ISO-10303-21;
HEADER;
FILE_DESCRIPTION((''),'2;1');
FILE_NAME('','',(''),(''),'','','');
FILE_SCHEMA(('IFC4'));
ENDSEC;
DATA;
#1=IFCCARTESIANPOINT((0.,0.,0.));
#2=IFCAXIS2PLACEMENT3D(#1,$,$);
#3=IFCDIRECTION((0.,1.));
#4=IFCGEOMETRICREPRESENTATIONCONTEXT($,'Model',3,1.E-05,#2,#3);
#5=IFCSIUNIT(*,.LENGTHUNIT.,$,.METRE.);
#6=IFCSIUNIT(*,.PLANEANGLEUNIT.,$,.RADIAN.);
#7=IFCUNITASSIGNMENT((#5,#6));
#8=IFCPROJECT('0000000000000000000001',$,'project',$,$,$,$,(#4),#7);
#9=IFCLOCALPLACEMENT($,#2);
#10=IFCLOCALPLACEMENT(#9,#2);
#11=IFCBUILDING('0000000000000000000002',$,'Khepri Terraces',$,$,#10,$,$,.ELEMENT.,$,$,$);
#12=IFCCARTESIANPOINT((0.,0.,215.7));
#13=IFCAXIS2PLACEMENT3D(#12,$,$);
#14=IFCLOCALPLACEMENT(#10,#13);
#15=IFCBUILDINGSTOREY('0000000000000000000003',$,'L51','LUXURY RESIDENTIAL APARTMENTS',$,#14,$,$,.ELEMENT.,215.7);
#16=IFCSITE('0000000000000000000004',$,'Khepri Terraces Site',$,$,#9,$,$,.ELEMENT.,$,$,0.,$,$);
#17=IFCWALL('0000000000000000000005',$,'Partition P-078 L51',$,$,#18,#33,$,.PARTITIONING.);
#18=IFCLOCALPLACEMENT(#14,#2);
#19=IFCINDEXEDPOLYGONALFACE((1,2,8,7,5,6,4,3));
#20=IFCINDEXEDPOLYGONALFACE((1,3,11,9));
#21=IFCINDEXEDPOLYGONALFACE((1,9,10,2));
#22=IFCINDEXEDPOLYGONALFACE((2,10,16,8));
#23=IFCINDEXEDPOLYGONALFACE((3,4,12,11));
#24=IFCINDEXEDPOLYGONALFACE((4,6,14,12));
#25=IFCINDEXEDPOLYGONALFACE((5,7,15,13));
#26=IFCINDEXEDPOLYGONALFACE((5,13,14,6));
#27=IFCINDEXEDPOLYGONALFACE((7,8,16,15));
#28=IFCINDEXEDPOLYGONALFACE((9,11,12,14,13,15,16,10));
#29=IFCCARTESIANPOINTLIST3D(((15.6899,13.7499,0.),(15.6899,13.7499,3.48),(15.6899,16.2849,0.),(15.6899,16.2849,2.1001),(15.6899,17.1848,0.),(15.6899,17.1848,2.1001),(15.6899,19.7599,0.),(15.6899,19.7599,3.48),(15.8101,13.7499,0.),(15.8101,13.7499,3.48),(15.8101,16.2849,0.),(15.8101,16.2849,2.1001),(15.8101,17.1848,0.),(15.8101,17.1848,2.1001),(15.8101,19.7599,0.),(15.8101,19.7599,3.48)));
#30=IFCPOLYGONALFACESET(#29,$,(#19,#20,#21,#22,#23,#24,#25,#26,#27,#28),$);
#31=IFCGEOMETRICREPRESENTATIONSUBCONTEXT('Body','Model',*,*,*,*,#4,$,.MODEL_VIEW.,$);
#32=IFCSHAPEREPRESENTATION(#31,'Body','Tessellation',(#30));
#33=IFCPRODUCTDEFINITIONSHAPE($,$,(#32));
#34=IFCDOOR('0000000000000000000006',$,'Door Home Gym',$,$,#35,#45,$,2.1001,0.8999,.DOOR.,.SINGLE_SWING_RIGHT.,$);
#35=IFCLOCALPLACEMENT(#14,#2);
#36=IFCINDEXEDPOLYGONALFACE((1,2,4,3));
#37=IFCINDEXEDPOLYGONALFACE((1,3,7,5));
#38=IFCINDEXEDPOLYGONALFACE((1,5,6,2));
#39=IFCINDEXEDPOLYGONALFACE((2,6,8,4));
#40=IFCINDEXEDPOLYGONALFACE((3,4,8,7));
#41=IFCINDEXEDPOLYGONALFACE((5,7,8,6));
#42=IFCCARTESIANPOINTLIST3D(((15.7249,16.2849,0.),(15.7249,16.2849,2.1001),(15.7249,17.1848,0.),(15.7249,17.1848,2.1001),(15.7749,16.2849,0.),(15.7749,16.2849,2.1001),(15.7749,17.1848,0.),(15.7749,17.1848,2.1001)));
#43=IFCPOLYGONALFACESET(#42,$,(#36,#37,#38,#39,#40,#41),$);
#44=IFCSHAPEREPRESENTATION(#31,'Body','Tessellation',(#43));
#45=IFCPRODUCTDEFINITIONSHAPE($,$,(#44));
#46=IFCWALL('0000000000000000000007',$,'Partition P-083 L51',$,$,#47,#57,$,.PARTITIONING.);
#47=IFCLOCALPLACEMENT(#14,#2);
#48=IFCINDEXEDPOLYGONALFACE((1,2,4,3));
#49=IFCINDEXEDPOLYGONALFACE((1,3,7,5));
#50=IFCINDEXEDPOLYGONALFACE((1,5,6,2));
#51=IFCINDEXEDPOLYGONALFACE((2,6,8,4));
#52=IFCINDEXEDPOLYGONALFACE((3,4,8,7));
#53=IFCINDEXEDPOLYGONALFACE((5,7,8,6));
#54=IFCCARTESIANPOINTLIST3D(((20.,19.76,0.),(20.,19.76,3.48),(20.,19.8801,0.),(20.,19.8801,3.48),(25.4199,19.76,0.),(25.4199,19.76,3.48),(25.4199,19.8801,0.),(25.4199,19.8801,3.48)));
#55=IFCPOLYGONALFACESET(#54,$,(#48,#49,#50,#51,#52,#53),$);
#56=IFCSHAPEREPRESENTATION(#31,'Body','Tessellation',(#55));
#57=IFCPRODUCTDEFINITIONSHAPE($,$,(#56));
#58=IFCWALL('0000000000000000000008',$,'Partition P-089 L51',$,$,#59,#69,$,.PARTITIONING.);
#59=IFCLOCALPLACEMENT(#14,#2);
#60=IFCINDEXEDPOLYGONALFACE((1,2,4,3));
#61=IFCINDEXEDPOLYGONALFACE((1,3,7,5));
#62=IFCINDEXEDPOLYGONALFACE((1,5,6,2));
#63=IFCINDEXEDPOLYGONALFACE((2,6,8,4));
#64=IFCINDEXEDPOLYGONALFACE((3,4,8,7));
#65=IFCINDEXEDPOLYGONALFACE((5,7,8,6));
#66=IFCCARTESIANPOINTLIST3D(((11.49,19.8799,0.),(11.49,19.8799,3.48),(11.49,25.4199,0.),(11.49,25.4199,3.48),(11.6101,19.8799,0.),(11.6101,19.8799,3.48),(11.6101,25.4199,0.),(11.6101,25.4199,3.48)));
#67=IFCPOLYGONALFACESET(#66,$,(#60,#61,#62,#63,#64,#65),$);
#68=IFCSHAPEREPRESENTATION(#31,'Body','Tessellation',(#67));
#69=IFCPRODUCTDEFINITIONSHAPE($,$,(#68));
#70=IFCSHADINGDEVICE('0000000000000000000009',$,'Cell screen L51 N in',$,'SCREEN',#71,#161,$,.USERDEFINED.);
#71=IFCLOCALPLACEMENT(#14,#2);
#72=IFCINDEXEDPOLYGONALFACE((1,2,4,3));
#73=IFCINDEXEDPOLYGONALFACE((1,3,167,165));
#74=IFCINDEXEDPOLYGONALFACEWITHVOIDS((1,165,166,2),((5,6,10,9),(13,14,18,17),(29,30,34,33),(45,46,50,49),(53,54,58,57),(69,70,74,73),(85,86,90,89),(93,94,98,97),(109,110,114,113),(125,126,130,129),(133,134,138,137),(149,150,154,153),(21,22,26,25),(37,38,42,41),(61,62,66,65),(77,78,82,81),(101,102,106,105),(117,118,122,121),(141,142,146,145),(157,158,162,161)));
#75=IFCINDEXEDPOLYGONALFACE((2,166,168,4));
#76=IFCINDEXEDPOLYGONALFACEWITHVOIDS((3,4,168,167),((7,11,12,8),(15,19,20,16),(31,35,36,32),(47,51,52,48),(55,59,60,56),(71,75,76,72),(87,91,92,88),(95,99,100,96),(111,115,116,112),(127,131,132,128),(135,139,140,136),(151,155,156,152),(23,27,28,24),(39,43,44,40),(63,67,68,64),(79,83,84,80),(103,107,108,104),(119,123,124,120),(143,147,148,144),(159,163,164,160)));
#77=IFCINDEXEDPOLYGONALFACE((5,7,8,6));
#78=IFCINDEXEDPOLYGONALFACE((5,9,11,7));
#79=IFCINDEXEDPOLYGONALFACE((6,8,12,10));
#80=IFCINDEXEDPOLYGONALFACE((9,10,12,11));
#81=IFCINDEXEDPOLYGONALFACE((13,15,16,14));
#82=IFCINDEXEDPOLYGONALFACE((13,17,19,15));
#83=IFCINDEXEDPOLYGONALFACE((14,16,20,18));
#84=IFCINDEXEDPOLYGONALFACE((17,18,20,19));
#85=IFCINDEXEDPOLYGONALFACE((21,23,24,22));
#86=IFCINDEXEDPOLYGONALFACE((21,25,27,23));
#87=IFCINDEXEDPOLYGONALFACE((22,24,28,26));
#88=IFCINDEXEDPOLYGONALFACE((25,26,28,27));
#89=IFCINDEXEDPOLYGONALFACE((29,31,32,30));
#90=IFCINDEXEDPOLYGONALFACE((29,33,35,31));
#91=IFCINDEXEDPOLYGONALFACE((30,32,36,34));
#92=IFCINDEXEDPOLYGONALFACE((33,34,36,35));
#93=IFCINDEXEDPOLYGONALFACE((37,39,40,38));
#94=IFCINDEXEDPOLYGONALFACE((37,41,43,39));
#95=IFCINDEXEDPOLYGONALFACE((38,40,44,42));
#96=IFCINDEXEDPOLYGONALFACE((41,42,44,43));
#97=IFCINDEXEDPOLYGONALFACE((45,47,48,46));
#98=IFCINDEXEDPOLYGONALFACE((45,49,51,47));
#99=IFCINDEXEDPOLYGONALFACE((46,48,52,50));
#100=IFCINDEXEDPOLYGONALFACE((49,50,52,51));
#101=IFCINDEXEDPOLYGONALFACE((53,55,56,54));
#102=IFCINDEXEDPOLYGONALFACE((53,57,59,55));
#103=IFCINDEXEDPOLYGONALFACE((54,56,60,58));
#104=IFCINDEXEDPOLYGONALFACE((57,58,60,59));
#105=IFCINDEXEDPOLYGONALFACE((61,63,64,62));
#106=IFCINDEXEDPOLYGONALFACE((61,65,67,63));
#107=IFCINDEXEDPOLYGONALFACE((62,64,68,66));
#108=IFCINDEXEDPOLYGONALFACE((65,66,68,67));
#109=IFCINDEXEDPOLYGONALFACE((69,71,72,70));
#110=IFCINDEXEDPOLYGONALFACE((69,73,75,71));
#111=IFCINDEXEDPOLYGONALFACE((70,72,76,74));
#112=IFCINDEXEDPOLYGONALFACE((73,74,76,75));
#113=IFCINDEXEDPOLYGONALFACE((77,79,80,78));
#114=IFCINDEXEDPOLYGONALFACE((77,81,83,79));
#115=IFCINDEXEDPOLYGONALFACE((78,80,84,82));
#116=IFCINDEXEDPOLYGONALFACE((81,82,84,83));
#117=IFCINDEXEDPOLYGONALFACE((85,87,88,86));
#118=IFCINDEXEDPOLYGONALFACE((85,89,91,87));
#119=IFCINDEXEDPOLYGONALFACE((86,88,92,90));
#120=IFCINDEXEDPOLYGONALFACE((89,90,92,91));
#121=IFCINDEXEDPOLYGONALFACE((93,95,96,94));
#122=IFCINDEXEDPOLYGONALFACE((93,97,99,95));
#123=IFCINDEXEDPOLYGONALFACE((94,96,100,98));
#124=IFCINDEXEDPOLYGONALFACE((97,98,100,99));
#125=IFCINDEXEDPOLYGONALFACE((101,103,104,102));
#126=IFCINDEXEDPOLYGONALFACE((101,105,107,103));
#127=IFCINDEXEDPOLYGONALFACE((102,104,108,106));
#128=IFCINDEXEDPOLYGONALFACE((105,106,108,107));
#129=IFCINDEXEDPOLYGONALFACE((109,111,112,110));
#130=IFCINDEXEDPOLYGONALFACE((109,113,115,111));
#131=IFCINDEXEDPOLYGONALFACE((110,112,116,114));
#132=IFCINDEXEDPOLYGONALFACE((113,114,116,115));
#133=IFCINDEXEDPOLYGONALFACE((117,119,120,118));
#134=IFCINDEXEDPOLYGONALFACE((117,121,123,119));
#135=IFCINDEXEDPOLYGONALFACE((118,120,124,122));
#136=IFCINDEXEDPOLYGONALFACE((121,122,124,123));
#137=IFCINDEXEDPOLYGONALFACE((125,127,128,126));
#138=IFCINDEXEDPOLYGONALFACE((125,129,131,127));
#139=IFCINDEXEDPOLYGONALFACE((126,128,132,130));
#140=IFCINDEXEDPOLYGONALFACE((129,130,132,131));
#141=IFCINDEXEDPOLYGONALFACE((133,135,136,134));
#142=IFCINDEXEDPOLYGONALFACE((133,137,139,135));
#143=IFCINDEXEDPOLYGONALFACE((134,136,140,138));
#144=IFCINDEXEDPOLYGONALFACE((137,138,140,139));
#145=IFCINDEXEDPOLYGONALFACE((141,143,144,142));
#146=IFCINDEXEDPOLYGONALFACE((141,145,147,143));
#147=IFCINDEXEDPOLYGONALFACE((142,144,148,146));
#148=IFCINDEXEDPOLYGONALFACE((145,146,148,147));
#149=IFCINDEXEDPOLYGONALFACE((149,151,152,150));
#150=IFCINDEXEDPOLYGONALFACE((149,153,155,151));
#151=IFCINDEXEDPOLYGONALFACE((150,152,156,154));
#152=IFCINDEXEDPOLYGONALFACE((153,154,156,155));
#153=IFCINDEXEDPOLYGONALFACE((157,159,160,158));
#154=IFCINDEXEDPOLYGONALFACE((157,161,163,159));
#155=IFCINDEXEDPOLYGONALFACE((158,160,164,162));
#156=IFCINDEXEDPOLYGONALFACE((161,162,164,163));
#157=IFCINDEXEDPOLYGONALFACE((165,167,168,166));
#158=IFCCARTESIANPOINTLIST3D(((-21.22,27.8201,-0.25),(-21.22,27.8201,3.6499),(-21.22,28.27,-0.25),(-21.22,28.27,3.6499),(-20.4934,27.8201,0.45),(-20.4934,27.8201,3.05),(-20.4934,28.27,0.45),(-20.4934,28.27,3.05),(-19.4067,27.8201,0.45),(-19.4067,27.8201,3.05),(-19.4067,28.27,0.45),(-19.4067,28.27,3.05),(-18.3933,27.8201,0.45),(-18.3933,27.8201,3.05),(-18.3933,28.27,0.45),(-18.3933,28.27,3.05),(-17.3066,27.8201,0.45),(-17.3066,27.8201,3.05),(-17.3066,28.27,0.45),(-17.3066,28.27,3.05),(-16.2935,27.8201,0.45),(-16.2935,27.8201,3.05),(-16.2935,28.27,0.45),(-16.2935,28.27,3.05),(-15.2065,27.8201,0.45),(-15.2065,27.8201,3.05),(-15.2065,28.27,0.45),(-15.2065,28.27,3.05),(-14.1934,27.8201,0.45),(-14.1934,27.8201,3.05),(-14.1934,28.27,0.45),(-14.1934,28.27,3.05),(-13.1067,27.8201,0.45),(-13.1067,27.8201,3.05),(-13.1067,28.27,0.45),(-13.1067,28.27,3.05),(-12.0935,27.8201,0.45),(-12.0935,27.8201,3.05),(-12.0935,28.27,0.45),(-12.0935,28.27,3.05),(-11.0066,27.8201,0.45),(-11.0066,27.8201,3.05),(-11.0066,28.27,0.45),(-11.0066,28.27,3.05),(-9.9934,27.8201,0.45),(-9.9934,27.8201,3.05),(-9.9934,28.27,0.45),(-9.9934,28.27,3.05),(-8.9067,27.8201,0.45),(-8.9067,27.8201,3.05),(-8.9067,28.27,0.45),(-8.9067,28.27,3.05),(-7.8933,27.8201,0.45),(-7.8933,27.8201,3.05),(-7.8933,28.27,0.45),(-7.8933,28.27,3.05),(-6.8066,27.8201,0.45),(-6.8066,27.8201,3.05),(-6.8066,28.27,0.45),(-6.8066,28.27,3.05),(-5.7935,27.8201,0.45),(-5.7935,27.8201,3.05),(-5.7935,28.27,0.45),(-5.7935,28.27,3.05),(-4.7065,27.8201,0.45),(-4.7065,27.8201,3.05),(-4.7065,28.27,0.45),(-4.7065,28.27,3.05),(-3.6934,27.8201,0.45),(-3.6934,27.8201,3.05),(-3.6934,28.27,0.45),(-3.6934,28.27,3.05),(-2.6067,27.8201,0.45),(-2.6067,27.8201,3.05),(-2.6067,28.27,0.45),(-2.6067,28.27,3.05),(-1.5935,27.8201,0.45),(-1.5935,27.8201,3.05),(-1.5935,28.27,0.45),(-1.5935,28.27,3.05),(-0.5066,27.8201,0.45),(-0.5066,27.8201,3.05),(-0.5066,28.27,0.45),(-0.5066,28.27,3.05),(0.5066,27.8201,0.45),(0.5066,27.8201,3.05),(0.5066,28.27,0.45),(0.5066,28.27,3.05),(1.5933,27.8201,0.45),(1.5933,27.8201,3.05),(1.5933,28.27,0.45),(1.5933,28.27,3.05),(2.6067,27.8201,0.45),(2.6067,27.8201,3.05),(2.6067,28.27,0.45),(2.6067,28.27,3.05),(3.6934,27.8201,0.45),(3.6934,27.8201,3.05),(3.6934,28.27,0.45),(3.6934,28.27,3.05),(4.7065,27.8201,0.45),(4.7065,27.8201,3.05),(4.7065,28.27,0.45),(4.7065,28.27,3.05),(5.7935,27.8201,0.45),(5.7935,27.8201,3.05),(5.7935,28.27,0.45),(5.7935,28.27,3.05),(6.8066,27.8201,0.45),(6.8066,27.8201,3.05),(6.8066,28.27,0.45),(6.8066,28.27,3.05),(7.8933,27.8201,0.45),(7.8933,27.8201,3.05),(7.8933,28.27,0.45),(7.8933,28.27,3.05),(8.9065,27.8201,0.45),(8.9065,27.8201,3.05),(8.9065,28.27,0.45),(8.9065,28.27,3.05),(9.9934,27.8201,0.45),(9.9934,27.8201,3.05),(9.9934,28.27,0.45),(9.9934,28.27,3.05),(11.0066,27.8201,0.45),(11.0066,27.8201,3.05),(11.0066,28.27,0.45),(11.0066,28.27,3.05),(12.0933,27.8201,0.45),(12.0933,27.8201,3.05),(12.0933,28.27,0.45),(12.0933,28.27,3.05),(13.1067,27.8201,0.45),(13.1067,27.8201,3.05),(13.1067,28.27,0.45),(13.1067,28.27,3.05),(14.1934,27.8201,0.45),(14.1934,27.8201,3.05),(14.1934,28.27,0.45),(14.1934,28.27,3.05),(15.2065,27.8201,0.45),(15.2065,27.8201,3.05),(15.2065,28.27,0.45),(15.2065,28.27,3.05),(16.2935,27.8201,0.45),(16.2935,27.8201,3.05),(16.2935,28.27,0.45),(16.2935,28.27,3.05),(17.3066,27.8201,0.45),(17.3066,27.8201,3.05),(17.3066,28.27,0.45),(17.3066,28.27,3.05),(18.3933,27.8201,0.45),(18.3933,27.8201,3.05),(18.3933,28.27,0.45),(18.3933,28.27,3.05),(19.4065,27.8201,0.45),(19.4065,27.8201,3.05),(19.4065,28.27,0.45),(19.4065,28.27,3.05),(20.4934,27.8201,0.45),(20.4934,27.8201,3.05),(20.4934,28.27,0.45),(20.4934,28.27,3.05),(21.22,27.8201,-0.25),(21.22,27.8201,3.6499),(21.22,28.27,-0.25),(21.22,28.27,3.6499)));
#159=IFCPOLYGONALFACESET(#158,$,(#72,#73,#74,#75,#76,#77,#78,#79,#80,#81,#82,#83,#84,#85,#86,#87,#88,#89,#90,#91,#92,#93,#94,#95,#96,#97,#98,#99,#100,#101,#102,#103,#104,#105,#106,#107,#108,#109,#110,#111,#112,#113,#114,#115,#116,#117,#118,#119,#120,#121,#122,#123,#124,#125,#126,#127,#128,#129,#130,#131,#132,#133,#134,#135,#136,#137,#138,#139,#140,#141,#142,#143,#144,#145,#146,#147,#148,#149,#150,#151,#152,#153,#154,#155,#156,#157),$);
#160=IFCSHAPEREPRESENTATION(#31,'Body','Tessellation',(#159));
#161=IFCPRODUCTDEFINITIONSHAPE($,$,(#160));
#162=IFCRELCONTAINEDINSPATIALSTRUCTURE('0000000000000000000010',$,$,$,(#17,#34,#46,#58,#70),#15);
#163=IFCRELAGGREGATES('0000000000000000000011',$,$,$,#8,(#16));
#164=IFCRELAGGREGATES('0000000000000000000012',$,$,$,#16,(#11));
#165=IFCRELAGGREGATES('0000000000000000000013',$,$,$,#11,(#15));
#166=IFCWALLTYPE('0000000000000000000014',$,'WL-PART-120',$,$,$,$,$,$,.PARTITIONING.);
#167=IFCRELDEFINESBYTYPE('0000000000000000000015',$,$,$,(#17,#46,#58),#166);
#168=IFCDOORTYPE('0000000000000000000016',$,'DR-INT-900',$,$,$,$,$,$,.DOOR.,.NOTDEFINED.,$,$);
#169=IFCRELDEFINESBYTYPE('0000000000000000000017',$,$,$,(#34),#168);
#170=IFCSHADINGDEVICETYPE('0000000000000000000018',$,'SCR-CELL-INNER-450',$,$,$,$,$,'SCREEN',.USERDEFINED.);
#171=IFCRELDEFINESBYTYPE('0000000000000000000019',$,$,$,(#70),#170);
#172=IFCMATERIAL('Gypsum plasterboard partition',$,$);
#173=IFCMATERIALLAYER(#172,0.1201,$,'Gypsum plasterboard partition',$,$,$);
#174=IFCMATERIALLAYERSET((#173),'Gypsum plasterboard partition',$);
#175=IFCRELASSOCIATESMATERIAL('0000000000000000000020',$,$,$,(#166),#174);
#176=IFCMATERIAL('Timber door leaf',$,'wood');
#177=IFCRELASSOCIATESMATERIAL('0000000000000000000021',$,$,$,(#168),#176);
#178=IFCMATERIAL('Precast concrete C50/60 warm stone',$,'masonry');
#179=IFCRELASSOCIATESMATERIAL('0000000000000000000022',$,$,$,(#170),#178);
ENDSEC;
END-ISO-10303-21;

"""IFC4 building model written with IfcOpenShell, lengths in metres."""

from ifc_helpers import new_model, si_unit, direction, frame, frame_2d, origin, place, context, subcontext, project, spatial, polyline, rectangle, outline, extrude, material, layer, layer_set, type_object, element, fill, save


model = new_model("IFC4")

# Units and contexts
model_context = context("Model", 3, precision=1e-05, world=origin(), true_north=direction((0.0, 1.0)))
body_context = subcontext(model_context, "Body", "Model", "MODEL_VIEW")
ifc_project = project(units=[si_unit("LENGTHUNIT", "METRE"), si_unit("PLANEANGLEUNIT", "RADIAN")], contexts=[model_context])

# Site, building, storey
site_placement = place(None, origin())
site = spatial("IfcSite", under=ifc_project, at=site_placement, Name="Khepri Terraces Site", CompositionType="ELEMENT", RefElevation=0.0)
building_placement = place(site_placement, origin())
building = spatial("IfcBuilding", under=site, at=building_placement, Name="Khepri Terraces", CompositionType="ELEMENT")
storey_placement = place(building_placement, frame((0.0, 0.0, 215.7)))
storey = spatial("IfcBuildingStorey", under=building, at=storey_placement, Name="L51", Description="LUXURY RESIDENTIAL APARTMENTS", CompositionType="ELEMENT", Elevation=215.7)

# Shared definitions
ifc_material_1 = material(Name="Precast concrete C50/60 warm stone", Category="masonry")

# Shared definitions
ifc_material_2 = material(Name="Gypsum plasterboard partition")
ifc_layer_1 = layer(ifc_material_2, 0.1201, Name="Gypsum plasterboard partition")
ifc_layer_set_1 = layer_set([ifc_layer_1], Name="Gypsum plasterboard partition")
wall_type_1 = type_object("IfcWallType", Name="WL-PART-120", PredefinedType="PARTITIONING", material=ifc_layer_set_1)

# Wall, opening, door
wall_1_placement = place(storey_placement, frame((15.75, 13.75, 0.0), z_axis=(0.0, 0.0, 1.0), x_axis=(0.0, 1.0, 0.0)))
wall_1 = element("IfcWall", 1, at=wall_1_placement, inside=storey, type_object=wall_type_1, Name="Partition P-078 L51", PredefinedType="PARTITIONING", context=body_context, shape_type="SweptSolid", body=[
    extrude(rectangle(XDim=6.01, YDim=0.1201, at=frame_2d((3.0049, 0.0))), origin(), (0.0, 0.0, 1.0), 3.48),
])
opening_1_placement = place(wall_1_placement, frame((2.5349, 0.0, 0.0)))
opening_1 = element("IfcOpeningElement", 2, at=opening_1_placement, cuts=wall_1, PredefinedType="OPENING", context=body_context, shape_type="SweptSolid", body=[
    extrude(rectangle(XDim=0.8999, YDim=2.1001, at=frame_2d((0.45, 1.05))), frame((0.0, 0.0701, 0.0), z_axis=(0.0, -1.0, 0.0), x_axis=(1.0, 0.0, 0.0)), (0.0, 0.0, 1.0), 0.1401),
])
ifc_material_3 = material(Name="Timber door leaf", Category="wood")
door_type_1 = type_object("IfcDoorType", Name="DR-INT-900", OperationType="NOTDEFINED", PredefinedType="DOOR", material=ifc_material_3)
door_1_placement = place(opening_1_placement, frame((0.8999, 0.0, 0.0), z_axis=(0.0, 0.0, 1.0), x_axis=(-1.0, 0.0, 0.0)))
door_1 = element("IfcDoor", 3, at=door_1_placement, inside=storey, type_object=door_type_1, Name="Door Home Gym", OperationType="SINGLE_SWING_RIGHT", OverallHeight=2.1001, OverallWidth=0.8999, PredefinedType="DOOR", context=body_context, shape_type="SweptSolid", body=[
    extrude(rectangle(XDim=0.8999, YDim=2.1001, at=frame_2d((0.45, 1.05))), frame((0.0, 0.0249, 0.0), z_axis=(0.0, -1.0, 0.0), x_axis=(1.0, 0.0, 0.0)), (0.0, 0.0, 1.0), 0.05),
])
fill(opening_1, door_1)

# Walls
wall_2_placement = place(storey_placement, frame((20.0, 19.8201, 0.0), z_axis=(0.0, 0.0, 1.0), x_axis=(1.0, 0.0, 0.0)))
element("IfcWall", 4, at=wall_2_placement, inside=storey, type_object=wall_type_1, Name="Partition P-083 L51", PredefinedType="PARTITIONING", context=body_context, shape_type="SweptSolid", body=[
    extrude(rectangle(XDim=5.4199, YDim=0.1201, at=frame_2d((2.71, 0.0))), origin(), (0.0, 0.0, 1.0), 3.48),
])
wall_3_placement = place(storey_placement, frame((11.55, 19.8799, 0.0), z_axis=(0.0, 0.0, 1.0), x_axis=(0.0, 1.0, 0.0)))
element("IfcWall", 5, at=wall_3_placement, inside=storey, type_object=wall_type_1, Name="Partition P-089 L51", PredefinedType="PARTITIONING", context=body_context, shape_type="SweptSolid", body=[
    extrude(rectangle(XDim=5.54, YDim=0.1201, at=frame_2d((2.77, 0.0))), origin(), (0.0, 0.0, 1.0), 3.48),
])

# Shading device
shading_device_type_1 = type_object("IfcShadingDeviceType", Name="SCR-CELL-INNER-450", ElementType="SCREEN", PredefinedType="USERDEFINED", material=ifc_material_1)
shading_device_1_placement = place(storey_placement, frame((21.22, 27.8201, -0.25), z_axis=(0.0, 1.0, 0.0), x_axis=(-1.0, 0.0, 0.0)))
element("IfcShadingDevice", 6, at=shading_device_1_placement, inside=storey, type_object=shading_device_type_1, Name="Cell screen L51 N in", ObjectType="SCREEN", PredefinedType="USERDEFINED", context=body_context, shape_type="SweptSolid", body=[
    extrude(outline(polyline([(0.0, 0.0), (42.4399, 0.0), (42.4399, 3.8999), (0.0, 3.8999), (0.0, 0.0)]), holes=[polyline([(0.7266, 0.7), (1.8135, 0.7), (1.8135, 3.3), (0.7266, 3.3), (0.7266, 0.7)]), polyline([(2.8267, 0.7), (3.9133, 0.7), (3.9133, 3.3), (2.8267, 3.3), (2.8267, 0.7)]), polyline([(4.9265, 0.7), (6.0134, 0.7), (6.0134, 3.3), (4.9265, 3.3), (4.9265, 0.7)]), polyline([(7.0266, 0.7), (8.1133, 0.7), (8.1133, 3.3), (7.0266, 3.3), (7.0266, 0.7)]), polyline([(9.1267, 0.7), (10.2134, 0.7), (10.2134, 3.3), (9.1267, 3.3), (9.1267, 0.7)]), polyline([(11.2266, 0.7), (12.3135, 0.7), (12.3135, 3.3), (11.2266, 3.3), (11.2266, 0.7)]), polyline([(13.3267, 0.7), (14.4133, 0.7), (14.4133, 3.3), (13.3267, 3.3), (13.3267, 0.7)]), polyline([(15.4265, 0.7), (16.5134, 0.7), (16.5134, 3.3), (15.4265, 3.3), (15.4265, 0.7)]), polyline([(17.5266, 0.7), (18.6133, 0.7), (18.6133, 3.3), (17.5266, 3.3), (17.5266, 0.7)]), polyline([(19.6267, 0.7), (20.7134, 0.7), (20.7134, 3.3), (19.6267, 3.3), (19.6267, 0.7)]), polyline([(21.7266, 0.7), (22.8135, 0.7), (22.8135, 3.3), (21.7266, 3.3), (21.7266, 0.7)]), polyline([(23.8267, 0.7), (24.9133, 0.7), (24.9133, 3.3), (23.8267, 3.3), (23.8267, 0.7)]), polyline([(25.9265, 0.7), (27.0134, 0.7), (27.0134, 3.3), (25.9265, 3.3), (25.9265, 0.7)]), polyline([(28.0266, 0.7), (29.1133, 0.7), (29.1133, 3.3), (28.0266, 3.3), (28.0266, 0.7)]), polyline([(30.1267, 0.7), (31.2134, 0.7), (31.2134, 3.3), (30.1267, 3.3), (30.1267, 0.7)]), polyline([(32.2266, 0.7), (33.3135, 0.7), (33.3135, 3.3), (32.2266, 3.3), (32.2266, 0.7)]), polyline([(34.3267, 0.7), (35.4133, 0.7), (35.4133, 3.3), (34.3267, 3.3), (34.3267, 0.7)]), polyline([(36.4265, 0.7), (37.5134, 0.7), (37.5134, 3.3), (36.4265, 3.3), (36.4265, 0.7)]), polyline([(38.5266, 0.7), (39.6133, 0.7), (39.6133, 3.3), (38.5266, 3.3), (38.5266, 0.7)]), polyline([(40.6267, 0.7), (41.7134, 0.7), (41.7134, 3.3), (40.6267, 3.3), (40.6267, 0.7)])]), origin(), (0.0, 0.0, 1.0), 0.45),
])

save(model, "model.ifc")
